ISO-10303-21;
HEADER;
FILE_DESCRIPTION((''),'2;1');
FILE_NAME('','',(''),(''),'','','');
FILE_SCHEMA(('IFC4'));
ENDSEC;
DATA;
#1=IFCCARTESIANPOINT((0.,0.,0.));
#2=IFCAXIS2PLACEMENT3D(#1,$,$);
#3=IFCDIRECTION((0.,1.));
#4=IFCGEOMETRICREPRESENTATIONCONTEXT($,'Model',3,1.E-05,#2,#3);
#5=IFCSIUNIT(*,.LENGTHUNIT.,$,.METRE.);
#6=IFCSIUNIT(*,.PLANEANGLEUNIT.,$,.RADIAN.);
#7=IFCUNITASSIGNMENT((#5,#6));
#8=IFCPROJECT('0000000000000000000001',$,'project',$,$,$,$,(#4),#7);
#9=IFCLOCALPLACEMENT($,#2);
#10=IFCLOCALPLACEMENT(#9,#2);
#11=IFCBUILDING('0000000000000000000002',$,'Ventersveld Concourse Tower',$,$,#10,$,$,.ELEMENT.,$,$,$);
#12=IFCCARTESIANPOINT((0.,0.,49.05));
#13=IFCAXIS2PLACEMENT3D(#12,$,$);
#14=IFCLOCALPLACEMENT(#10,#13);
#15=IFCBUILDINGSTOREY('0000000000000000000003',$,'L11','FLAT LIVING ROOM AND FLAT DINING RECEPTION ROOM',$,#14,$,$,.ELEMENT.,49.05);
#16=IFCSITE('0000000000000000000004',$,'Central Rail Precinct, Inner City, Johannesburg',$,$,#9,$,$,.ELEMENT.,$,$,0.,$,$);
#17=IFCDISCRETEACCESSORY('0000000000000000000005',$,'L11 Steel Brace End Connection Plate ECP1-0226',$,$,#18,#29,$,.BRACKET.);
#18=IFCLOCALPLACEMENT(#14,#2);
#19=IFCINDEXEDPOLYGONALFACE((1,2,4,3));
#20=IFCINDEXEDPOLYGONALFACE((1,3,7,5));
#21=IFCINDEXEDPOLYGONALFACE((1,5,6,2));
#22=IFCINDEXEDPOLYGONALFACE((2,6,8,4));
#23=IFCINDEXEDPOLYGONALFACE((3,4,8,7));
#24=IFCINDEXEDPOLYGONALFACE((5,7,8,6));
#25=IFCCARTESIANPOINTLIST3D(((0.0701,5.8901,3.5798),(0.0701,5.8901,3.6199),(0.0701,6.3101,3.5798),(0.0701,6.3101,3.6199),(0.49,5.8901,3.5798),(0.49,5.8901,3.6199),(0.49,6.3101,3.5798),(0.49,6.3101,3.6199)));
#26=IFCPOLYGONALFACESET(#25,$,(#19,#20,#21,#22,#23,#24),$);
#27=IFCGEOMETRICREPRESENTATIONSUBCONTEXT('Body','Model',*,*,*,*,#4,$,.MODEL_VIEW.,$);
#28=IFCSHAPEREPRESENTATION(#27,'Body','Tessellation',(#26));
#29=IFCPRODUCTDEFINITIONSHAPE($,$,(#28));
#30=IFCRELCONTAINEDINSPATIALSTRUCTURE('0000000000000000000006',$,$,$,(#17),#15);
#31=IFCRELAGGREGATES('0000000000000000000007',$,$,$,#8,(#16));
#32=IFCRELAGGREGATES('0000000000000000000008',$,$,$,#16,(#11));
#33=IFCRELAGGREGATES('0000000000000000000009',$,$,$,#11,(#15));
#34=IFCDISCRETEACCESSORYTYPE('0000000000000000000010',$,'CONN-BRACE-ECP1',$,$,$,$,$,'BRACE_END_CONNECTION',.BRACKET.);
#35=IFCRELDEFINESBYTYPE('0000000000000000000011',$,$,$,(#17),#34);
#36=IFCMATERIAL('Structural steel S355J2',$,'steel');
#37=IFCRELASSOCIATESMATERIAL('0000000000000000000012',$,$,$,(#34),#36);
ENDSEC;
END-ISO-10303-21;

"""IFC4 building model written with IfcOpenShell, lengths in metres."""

from ifc_helpers import new_model, si_unit, direction, frame, origin, origin_2d, place, context, subcontext, project, spatial, rectangle, extrude, material, type_object, element, save


model = new_model("IFC4")

# Units and contexts
model_context = context("Model", 3, precision=1e-05, world=origin(), true_north=direction((0.0, 1.0)))
body_context = subcontext(model_context, "Body", "Model", "MODEL_VIEW")
ifc_project = project(units=[si_unit("LENGTHUNIT", "METRE"), si_unit("PLANEANGLEUNIT", "RADIAN")], contexts=[model_context])

# Site, building, storey
site_placement = place(None, origin())
site = spatial("IfcSite", under=ifc_project, at=site_placement, Name="Central Rail Precinct, Inner City, Johannesburg", CompositionType="ELEMENT", RefElevation=0.0)
building_placement = place(site_placement, origin())
building = spatial("IfcBuilding", under=site, at=building_placement, Name="Ventersveld Concourse Tower", CompositionType="ELEMENT")
storey_placement = place(building_placement, frame((0.0, 0.0, 49.05)))
storey = spatial("IfcBuildingStorey", under=building, at=storey_placement, Name="L11", Description="FLAT LIVING ROOM AND FLAT DINING RECEPTION ROOM", CompositionType="ELEMENT", Elevation=49.05)

# Shared definitions
ifc_material_1 = material(Name="Structural steel S355J2", Category="steel")

# Discrete accessory
discrete_accessory_type = type_object("IfcDiscreteAccessoryType", Name="CONN-BRACE-ECP1", ElementType="BRACE_END_CONNECTION", PredefinedType="BRACKET", material=ifc_material_1)
discrete_accessory_placement = place(storey_placement, frame((0.28, 6.1001, 3.5798), z_axis=(0.0, 0.0, 1.0), x_axis=(1.0, 0.0, 0.0)))
element("IfcDiscreteAccessory", 1, at=discrete_accessory_placement, inside=storey, type_object=discrete_accessory_type, Name="L11 Steel Brace End Connection Plate ECP1-0226", PredefinedType="BRACKET", context=body_context, shape_type="SweptSolid", body=[
    extrude(rectangle(XDim=0.4199, YDim=0.4199, at=origin_2d()), origin(), (0.0, 0.0, 1.0), 0.04),
])

save(model, "model.ifc")
